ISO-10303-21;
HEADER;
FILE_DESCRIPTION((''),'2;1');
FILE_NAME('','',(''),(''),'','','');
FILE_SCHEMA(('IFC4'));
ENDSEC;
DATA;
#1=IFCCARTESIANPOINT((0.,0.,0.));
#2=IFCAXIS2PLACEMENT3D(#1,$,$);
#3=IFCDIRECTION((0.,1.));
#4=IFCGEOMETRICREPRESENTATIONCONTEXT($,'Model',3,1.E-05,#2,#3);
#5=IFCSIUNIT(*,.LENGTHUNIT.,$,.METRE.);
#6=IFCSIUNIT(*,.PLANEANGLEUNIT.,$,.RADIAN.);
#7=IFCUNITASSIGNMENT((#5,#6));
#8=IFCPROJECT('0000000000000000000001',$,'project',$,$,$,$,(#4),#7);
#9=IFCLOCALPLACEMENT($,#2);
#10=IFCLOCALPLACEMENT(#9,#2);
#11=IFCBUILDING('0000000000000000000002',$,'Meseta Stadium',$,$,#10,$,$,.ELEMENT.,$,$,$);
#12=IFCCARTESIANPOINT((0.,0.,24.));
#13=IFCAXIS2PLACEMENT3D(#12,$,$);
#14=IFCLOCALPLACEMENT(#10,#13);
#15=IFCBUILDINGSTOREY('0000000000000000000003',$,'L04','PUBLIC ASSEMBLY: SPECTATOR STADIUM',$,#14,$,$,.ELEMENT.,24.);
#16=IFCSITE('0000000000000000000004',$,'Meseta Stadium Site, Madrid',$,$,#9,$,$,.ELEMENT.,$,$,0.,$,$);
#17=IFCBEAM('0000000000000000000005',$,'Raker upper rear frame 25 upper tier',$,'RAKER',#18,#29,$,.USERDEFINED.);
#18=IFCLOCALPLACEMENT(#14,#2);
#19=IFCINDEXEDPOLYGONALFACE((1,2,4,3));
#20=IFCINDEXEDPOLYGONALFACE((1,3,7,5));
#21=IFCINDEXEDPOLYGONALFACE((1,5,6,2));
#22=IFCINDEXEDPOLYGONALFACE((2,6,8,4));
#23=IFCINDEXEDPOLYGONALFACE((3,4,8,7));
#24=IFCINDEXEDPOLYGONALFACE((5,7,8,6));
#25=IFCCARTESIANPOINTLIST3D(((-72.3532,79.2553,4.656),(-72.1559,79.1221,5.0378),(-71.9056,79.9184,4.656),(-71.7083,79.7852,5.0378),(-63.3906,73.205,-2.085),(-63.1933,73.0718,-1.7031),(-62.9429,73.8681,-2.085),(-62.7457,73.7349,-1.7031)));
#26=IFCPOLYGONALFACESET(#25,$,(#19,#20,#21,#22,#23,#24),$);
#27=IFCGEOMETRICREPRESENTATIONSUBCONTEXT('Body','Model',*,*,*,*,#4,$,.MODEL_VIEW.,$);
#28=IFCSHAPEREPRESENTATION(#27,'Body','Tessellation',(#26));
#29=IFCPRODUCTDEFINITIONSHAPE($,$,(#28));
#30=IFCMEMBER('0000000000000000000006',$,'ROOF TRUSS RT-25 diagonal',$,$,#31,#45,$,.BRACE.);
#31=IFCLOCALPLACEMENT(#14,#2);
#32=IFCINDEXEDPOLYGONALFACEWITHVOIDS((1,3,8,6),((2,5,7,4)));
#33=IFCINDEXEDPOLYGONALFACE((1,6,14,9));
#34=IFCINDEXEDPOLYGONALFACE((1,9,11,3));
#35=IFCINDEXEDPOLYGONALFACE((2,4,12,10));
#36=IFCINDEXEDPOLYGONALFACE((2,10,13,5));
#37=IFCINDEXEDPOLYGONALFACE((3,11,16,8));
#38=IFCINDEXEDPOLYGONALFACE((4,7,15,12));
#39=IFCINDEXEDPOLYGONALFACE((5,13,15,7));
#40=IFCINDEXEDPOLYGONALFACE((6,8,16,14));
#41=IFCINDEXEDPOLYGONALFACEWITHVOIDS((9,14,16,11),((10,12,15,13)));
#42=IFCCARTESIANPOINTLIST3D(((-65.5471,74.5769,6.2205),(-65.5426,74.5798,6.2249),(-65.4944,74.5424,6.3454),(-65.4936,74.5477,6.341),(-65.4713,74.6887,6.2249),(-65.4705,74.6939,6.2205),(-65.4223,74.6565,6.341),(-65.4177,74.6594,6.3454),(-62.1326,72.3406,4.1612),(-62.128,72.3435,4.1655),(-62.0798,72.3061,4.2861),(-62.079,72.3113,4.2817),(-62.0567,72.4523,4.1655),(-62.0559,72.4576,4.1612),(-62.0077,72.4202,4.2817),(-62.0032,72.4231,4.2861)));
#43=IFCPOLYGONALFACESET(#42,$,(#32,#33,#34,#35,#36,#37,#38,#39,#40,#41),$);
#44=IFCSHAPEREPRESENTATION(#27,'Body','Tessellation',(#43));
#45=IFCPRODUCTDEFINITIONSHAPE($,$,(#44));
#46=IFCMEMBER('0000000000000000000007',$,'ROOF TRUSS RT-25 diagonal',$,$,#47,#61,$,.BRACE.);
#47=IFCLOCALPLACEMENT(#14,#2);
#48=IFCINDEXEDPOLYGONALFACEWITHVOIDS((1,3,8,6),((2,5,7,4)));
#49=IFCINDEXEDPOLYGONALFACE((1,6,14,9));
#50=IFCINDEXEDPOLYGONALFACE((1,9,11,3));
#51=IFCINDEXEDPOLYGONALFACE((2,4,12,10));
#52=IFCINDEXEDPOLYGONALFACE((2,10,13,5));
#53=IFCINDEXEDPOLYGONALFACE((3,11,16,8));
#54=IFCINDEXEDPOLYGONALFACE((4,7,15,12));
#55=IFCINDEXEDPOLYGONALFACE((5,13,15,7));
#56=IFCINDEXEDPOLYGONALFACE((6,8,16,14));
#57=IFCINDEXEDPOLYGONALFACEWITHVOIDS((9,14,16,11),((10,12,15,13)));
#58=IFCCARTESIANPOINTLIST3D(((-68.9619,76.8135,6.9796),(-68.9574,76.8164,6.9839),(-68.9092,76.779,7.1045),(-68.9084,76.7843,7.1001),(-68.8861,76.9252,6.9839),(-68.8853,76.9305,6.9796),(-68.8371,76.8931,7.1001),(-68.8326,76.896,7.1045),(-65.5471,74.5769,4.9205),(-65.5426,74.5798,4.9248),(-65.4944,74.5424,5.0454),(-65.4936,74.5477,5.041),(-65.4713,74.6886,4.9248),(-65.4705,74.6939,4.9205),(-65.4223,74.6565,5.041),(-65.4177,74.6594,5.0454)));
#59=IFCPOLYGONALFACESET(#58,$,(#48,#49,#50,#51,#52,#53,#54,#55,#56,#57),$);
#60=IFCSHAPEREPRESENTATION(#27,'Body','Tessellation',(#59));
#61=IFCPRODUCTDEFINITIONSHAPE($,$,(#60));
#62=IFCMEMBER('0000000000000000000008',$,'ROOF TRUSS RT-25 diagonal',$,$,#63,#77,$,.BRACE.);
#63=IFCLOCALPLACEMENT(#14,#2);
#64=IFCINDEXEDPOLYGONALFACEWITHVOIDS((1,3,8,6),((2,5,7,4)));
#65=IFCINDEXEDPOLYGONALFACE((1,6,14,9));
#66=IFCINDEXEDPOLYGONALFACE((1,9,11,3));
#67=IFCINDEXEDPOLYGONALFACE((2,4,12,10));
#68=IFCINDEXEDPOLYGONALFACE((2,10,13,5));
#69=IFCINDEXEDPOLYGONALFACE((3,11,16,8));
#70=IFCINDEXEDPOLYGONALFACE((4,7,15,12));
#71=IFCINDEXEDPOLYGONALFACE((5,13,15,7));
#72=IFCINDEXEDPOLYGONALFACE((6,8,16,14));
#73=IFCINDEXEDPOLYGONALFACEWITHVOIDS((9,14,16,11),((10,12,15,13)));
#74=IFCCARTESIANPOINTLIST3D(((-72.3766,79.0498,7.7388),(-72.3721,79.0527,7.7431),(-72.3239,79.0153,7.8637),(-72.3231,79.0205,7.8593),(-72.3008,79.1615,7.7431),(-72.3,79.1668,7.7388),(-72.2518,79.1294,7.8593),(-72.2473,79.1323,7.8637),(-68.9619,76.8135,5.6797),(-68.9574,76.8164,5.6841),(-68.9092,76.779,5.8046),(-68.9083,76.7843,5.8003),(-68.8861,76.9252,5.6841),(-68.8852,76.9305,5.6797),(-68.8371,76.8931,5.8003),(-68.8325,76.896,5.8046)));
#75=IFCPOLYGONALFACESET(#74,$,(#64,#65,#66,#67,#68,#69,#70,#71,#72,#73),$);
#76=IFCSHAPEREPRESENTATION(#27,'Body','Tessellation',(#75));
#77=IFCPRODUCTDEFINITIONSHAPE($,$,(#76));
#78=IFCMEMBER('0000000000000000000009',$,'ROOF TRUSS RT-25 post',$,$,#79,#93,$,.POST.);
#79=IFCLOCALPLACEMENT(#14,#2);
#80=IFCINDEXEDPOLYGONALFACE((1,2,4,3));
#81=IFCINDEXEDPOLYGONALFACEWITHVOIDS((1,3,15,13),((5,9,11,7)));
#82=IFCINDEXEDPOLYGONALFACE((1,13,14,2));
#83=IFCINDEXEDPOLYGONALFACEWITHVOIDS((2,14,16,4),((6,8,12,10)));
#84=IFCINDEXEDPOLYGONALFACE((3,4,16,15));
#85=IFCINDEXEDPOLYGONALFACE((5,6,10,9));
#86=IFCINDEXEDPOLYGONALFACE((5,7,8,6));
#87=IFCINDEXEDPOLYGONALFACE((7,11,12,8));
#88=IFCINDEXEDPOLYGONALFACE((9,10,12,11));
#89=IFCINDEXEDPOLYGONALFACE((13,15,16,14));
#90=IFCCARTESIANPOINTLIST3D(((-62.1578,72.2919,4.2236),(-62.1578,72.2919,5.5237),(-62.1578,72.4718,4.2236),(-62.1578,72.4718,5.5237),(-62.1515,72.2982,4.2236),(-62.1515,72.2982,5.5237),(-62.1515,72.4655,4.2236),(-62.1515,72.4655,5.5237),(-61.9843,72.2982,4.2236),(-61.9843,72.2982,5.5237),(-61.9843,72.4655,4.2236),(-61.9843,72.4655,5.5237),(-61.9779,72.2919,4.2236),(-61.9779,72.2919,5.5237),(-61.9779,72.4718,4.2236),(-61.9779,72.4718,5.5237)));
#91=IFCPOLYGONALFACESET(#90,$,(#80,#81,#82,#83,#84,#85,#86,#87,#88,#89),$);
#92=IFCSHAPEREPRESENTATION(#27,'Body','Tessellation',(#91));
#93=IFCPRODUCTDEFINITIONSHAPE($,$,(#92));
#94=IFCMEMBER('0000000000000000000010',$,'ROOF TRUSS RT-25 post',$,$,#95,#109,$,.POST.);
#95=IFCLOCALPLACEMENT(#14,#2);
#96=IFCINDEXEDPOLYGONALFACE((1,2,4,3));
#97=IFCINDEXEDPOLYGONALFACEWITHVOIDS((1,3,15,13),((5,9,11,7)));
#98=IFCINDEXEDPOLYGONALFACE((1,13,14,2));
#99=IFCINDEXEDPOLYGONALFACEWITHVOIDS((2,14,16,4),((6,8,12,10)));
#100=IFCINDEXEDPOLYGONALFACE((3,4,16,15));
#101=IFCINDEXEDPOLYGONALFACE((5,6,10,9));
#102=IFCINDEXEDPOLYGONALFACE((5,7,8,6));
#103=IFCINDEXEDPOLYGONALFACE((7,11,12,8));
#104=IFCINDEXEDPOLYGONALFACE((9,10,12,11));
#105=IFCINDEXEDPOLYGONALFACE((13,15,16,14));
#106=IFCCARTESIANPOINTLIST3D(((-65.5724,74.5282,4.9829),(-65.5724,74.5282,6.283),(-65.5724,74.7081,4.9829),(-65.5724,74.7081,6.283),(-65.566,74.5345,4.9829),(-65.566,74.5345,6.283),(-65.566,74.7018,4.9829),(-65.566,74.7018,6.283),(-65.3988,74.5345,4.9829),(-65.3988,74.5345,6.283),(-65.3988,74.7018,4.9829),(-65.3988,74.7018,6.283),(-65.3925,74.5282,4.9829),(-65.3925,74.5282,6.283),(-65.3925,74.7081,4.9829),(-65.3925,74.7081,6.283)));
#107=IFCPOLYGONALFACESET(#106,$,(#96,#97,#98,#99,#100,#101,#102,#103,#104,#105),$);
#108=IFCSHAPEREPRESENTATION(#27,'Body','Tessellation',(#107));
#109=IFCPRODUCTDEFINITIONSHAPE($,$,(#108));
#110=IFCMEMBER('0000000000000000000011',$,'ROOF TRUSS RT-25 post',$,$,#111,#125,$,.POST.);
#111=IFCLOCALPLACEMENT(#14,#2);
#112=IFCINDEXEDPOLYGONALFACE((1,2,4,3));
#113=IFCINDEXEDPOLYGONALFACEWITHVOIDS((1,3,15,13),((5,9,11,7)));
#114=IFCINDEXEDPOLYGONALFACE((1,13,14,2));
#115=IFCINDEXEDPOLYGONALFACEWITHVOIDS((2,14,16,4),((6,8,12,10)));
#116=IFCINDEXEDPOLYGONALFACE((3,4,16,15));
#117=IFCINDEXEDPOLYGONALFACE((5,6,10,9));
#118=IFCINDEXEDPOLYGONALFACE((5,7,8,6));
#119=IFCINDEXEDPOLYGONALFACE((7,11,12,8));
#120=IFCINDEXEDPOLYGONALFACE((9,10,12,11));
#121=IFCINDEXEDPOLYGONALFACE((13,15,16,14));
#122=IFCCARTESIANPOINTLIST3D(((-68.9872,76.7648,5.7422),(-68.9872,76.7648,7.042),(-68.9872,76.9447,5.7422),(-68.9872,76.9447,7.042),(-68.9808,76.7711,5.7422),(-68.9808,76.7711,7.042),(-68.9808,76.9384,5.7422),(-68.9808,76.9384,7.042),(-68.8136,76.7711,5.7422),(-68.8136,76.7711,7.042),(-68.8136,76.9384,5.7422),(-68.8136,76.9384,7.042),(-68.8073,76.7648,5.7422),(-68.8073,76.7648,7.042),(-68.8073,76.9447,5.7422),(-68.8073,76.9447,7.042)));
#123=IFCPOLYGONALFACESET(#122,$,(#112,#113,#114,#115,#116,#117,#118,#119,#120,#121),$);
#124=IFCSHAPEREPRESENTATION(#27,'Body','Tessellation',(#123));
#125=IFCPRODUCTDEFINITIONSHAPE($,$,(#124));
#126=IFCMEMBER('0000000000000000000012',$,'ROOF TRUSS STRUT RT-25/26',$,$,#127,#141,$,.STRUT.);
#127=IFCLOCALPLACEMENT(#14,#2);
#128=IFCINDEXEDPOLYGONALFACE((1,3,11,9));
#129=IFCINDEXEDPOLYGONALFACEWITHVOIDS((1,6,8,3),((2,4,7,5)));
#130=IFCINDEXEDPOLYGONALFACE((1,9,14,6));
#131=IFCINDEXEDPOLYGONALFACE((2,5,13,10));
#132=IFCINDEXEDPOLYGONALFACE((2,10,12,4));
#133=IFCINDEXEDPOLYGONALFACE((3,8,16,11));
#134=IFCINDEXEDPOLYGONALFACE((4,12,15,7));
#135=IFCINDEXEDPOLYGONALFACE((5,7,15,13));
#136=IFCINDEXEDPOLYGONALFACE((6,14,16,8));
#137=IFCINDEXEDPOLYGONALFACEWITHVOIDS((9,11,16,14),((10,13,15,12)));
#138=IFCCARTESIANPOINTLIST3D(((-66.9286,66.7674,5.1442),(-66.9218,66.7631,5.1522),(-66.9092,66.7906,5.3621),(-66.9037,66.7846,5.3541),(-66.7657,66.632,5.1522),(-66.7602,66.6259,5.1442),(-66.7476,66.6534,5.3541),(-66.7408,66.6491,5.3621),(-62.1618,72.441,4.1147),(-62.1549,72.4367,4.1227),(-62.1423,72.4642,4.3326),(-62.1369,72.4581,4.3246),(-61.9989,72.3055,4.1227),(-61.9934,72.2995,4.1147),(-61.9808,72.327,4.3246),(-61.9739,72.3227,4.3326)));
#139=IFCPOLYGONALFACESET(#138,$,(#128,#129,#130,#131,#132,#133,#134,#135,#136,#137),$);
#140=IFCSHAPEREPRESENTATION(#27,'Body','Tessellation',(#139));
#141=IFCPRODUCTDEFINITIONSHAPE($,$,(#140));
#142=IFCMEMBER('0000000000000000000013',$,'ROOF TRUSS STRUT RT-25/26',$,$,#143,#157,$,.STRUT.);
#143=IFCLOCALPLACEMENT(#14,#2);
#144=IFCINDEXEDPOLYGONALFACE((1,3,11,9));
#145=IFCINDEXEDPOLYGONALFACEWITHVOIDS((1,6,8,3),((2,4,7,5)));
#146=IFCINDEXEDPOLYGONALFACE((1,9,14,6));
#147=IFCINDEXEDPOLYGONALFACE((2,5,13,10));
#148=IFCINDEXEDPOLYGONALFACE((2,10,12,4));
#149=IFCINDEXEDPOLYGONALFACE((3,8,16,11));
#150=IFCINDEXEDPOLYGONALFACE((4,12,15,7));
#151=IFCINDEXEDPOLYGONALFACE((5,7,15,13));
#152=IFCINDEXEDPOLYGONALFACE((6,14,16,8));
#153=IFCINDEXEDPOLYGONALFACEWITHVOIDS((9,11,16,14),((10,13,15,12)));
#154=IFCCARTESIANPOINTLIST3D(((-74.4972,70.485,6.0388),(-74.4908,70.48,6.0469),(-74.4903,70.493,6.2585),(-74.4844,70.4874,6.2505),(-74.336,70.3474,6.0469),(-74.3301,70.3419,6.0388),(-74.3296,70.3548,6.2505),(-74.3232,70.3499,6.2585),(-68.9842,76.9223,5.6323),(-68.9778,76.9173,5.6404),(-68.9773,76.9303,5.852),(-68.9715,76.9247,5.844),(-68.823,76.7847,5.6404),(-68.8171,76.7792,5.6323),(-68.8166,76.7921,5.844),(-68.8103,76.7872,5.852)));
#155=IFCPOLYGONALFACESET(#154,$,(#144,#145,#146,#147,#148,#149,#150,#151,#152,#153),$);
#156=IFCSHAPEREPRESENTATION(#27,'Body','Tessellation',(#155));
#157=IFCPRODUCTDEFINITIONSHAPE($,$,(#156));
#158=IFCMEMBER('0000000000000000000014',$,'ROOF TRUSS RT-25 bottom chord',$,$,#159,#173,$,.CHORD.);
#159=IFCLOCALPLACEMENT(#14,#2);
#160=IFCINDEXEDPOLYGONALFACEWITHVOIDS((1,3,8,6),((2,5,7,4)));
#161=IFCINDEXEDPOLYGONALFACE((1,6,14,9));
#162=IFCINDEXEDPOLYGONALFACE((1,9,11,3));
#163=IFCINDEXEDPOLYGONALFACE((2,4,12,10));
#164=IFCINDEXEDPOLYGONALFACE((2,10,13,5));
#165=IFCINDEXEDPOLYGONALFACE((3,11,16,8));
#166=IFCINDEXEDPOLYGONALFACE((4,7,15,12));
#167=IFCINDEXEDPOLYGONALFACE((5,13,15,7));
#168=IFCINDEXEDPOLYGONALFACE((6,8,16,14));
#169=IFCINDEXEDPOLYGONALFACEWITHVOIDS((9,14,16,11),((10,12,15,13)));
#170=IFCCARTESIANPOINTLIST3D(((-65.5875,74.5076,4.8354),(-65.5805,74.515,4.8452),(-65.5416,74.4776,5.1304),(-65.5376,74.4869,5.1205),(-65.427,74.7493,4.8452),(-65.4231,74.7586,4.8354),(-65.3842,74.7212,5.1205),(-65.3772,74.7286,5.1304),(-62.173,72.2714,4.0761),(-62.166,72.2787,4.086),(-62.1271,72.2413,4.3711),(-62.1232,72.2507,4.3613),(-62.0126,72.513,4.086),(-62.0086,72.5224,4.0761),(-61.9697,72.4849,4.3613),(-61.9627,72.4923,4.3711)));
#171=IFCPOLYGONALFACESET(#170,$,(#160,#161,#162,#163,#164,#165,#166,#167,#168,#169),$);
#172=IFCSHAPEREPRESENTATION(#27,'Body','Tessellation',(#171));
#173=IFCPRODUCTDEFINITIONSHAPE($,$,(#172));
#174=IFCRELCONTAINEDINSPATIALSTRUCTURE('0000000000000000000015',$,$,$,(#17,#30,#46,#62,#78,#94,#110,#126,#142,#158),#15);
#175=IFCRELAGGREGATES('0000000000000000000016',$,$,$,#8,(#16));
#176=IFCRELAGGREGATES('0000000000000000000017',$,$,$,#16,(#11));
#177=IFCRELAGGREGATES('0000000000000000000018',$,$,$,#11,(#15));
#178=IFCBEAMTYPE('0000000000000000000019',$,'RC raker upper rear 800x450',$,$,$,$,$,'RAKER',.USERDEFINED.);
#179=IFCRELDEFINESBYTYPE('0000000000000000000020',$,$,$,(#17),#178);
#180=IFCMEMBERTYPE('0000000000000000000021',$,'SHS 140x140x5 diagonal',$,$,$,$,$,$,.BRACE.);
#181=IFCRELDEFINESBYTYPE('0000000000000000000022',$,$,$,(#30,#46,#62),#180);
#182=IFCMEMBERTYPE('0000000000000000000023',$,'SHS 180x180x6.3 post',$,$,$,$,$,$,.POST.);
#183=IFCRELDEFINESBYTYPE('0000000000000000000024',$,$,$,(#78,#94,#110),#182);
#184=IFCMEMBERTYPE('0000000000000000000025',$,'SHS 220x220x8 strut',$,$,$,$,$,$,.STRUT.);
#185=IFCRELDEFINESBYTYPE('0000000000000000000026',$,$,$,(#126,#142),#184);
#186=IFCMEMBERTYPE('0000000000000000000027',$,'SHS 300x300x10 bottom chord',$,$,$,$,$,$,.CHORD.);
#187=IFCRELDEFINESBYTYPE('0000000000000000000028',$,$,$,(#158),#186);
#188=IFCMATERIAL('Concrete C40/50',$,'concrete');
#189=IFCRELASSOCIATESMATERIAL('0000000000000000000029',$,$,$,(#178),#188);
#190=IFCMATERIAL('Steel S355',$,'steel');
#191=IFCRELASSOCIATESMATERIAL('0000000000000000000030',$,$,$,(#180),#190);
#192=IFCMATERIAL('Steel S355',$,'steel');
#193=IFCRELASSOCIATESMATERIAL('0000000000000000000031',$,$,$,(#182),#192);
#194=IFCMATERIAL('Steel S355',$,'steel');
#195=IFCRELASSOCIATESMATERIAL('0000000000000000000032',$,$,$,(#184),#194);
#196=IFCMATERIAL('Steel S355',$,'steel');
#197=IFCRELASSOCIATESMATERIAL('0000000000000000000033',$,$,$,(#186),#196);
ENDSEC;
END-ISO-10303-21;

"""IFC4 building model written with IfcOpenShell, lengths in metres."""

from ifc_helpers import new_model, si_unit, direction, frame, origin, origin_2d, place, context, subcontext, project, spatial, rectangle, hollow_rectangle, extrude, material, material_profile, profile_set, type_object, element, save


model = new_model("IFC4")

# Units and contexts
model_context = context("Model", 3, precision=1e-05, world=origin(), true_north=direction((0.0, 1.0)))
body_context = subcontext(model_context, "Body", "Model", "MODEL_VIEW")
ifc_project = project(units=[si_unit("LENGTHUNIT", "METRE"), si_unit("PLANEANGLEUNIT", "RADIAN")], contexts=[model_context])

# Site, building, storey
site_placement = place(None, origin())
site = spatial("IfcSite", under=ifc_project, at=site_placement, Name="Meseta Stadium Site, Madrid", CompositionType="ELEMENT", RefElevation=0.0)
building_placement = place(site_placement, origin())
building = spatial("IfcBuilding", under=site, at=building_placement, Name="Meseta Stadium", CompositionType="ELEMENT")
storey_placement = place(building_placement, frame((0.0, 0.0, 24.0)))
storey = spatial("IfcBuildingStorey", under=building, at=storey_placement, Name="L04", Description="PUBLIC ASSEMBLY: SPECTATOR STADIUM", CompositionType="ELEMENT", Elevation=24.0)

# Beam
ifc_material_1 = material(Name="Concrete C40/50", Category="concrete")
ifc_material_profile_1 = material_profile(ifc_material_1, rectangle(XDim=0.8, YDim=0.45, at=origin_2d()), Name="RC 800x450")
ifc_profile_set_1 = profile_set([ifc_material_profile_1], Name="Concrete C40/50")
beam_type = type_object("IfcBeamType", Name="RC raker upper rear 800x450", ElementType="RAKER", PredefinedType="USERDEFINED", material=ifc_profile_set_1)
beam_placement = place(storey_placement, frame((-63.0681, 73.47, -1.894), z_axis=(-0.703357, 0.474806, 0.529007), x_axis=(-0.559505, -0.828827, 0.0)))
element("IfcBeam", 1, at=beam_placement, inside=storey, type_object=beam_type, Name="Raker upper rear frame 25 upper tier", ObjectType="RAKER", PredefinedType="USERDEFINED", context=body_context, shape_type="SweptSolid", body=[
    extrude(rectangle(XDim=0.8, YDim=0.45, at=origin_2d()), origin(), (0.0, 0.0, 1.0), 12.7427),
])

# Members
ifc_material_2 = material(Name="Steel S355", Category="steel")
ifc_material_profile_2 = material_profile(ifc_material_2, hollow_rectangle(XDim=0.1399, YDim=0.1399, WallThickness=0.0049, at=origin_2d()), Name="SHS 140x140x5")
ifc_profile_set_2 = profile_set([ifc_material_profile_2], Name="Steel S355")
member_type_1 = type_object("IfcMemberType", Name="SHS 140x140x5 diagonal", PredefinedType="BRACE", material=ifc_profile_set_2)
member_1_placement = place(storey_placement, frame((-62.0679, 72.3818, 4.2236), z_axis=(-0.746876, 0.489159, 0.450443), x_axis=(-0.547891, -0.83655, 0.0)))
element("IfcMember", 2, at=member_1_placement, inside=storey, type_object=member_type_1, Name="ROOF TRUSS RT-25 diagonal", PredefinedType="BRACE", context=body_context, shape_type="SweptSolid", body=[
    extrude(hollow_rectangle(XDim=0.1399, YDim=0.1399, WallThickness=0.0049, at=origin_2d()), origin(), (0.0, 0.0, 1.0), 4.5718),
])
member_2_placement = place(storey_placement, frame((-65.4824, 74.6182, 4.9829), z_axis=(-0.746898, 0.489192, 0.450371), x_axis=(-0.547905, -0.836541, 0.0)))
element("IfcMember", 3, at=member_2_placement, inside=storey, type_object=member_type_1, Name="ROOF TRUSS RT-25 diagonal", PredefinedType="BRACE", context=body_context, shape_type="SweptSolid", body=[
    extrude(hollow_rectangle(XDim=0.1399, YDim=0.1399, WallThickness=0.0049, at=origin_2d()), origin(), (0.0, 0.0, 1.0), 4.572),
])
member_3_placement = place(storey_placement, frame((-68.8972, 76.8547, 5.7422), z_axis=(-0.746918, 0.489152, 0.450383), x_axis=(-0.547863, -0.836568, 0.0)))
element("IfcMember", 4, at=member_3_placement, inside=storey, type_object=member_type_1, Name="ROOF TRUSS RT-25 diagonal", PredefinedType="BRACE", context=body_context, shape_type="SweptSolid", body=[
    extrude(hollow_rectangle(XDim=0.1399, YDim=0.1399, WallThickness=0.0049, at=origin_2d()), origin(), (0.0, 0.0, 1.0), 4.5718),
])
ifc_material_3 = material(Name="Steel S355", Category="steel")
ifc_material_profile_3 = material_profile(ifc_material_3, hollow_rectangle(XDim=0.1799, YDim=0.1799, WallThickness=0.0063, at=origin_2d()), Name="SHS 180x180x6.3")
ifc_profile_set_3 = profile_set([ifc_material_profile_3], Name="Steel S355")
member_type_2 = type_object("IfcMemberType", Name="SHS 180x180x6.3 post", PredefinedType="POST", material=ifc_profile_set_3)
for number, where, z_axis, x_axis, name in (
    (5, (-62.0679, 72.3818, 4.2236), (0.0, 0.0, 1.0), (1.0, 0.0, 0.0), "ROOF TRUSS RT-25 post"),
    (6, (-65.4824, 74.6182, 4.9829), (0.0, 0.0, 1.0), (1.0, 0.0, 0.0), "ROOF TRUSS RT-25 post"),
):
    element("IfcMember", number, at=place(storey_placement, frame(where, z_axis=z_axis, x_axis=x_axis)), inside=storey, type_object=member_type_2, Name=name, PredefinedType="POST", context=body_context, shape_type="SweptSolid", body=[
        extrude(hollow_rectangle(XDim=0.1799, YDim=0.1799, WallThickness=0.0063, at=origin_2d()), origin(), (0.0, 0.0, 1.0), 1.3),
    ])
member_4_placement = place(storey_placement, frame((-68.8972, 76.8547, 5.7422), z_axis=(0.0, 0.0, 1.0), x_axis=(1.0, 0.0, 0.0)))
element("IfcMember", 7, at=member_4_placement, inside=storey, type_object=member_type_2, Name="ROOF TRUSS RT-25 post", PredefinedType="POST", context=body_context, shape_type="SweptSolid", body=[
    extrude(hollow_rectangle(XDim=0.1799, YDim=0.1799, WallThickness=0.0063, at=origin_2d()), origin(), (0.0, 0.0, 1.0), 1.2998),
])
ifc_material_4 = material(Name="Steel S355", Category="steel")
ifc_material_profile_4 = material_profile(ifc_material_4, hollow_rectangle(XDim=0.22, YDim=0.22, WallThickness=0.0081, at=origin_2d()), Name="SHS 220x220x8")
ifc_profile_set_4 = profile_set([ifc_material_profile_4], Name="Steel S355")
member_type_3 = type_object("IfcMemberType", Name="SHS 220x220x8 strut", PredefinedType="STRUT", material=ifc_profile_set_4)
member_5_placement = place(storey_placement, frame((-62.0679, 72.3818, 4.2236), z_axis=(-0.637154, -0.758352, 0.137612), x_axis=(0.765636, -0.643274, 0.0)))
element("IfcMember", 8, at=member_5_placement, inside=storey, type_object=member_type_3, Name="ROOF TRUSS STRUT RT-25/26", PredefinedType="STRUT", context=body_context, shape_type="SweptSolid", body=[
    extrude(hollow_rectangle(XDim=0.22, YDim=0.22, WallThickness=0.0081, at=origin_2d()), origin(), (0.0, 0.0, 1.0), 7.4814),
])
member_6_placement = place(storey_placement, frame((-68.8972, 76.8547, 5.7422), z_axis=(-0.649724, -0.758659, 0.047907), x_axis=(0.759531, -0.650471, 0.0)))
element("IfcMember", 9, at=member_6_placement, inside=storey, type_object=member_type_3, Name="ROOF TRUSS STRUT RT-25/26", PredefinedType="STRUT", context=body_context, shape_type="SweptSolid", body=[
    extrude(hollow_rectangle(XDim=0.22, YDim=0.22, WallThickness=0.0081, at=origin_2d()), origin(), (0.0, 0.0, 1.0), 8.4851),
])
ifc_material_5 = material(Name="Steel S355", Category="steel")
ifc_material_profile_5 = material_profile(ifc_material_5, hollow_rectangle(XDim=0.3, YDim=0.3, WallThickness=0.01, at=origin_2d()), Name="SHS 300x300x10")
ifc_profile_set_5 = profile_set([ifc_material_profile_5], Name="Steel S355")
member_type_4 = type_object("IfcMemberType", Name="SHS 300x300x10 bottom chord", PredefinedType="CHORD", material=ifc_profile_set_5)
member_7_placement = place(storey_placement, frame((-62.0679, 72.3818, 4.2236), z_axis=(-0.822441, 0.53865, 0.182882), x_axis=(-0.547891, -0.83655, 0.0)))
element("IfcMember", 10, at=member_7_placement, inside=storey, type_object=member_type_4, Name="ROOF TRUSS RT-25 bottom chord", PredefinedType="CHORD", context=body_context, shape_type="SweptSolid", body=[
    extrude(hollow_rectangle(XDim=0.3, YDim=0.3, WallThickness=0.01, at=origin_2d()), origin(), (0.0, 0.0, 1.0), 4.1516),
])

save(model, "model.ifc")
